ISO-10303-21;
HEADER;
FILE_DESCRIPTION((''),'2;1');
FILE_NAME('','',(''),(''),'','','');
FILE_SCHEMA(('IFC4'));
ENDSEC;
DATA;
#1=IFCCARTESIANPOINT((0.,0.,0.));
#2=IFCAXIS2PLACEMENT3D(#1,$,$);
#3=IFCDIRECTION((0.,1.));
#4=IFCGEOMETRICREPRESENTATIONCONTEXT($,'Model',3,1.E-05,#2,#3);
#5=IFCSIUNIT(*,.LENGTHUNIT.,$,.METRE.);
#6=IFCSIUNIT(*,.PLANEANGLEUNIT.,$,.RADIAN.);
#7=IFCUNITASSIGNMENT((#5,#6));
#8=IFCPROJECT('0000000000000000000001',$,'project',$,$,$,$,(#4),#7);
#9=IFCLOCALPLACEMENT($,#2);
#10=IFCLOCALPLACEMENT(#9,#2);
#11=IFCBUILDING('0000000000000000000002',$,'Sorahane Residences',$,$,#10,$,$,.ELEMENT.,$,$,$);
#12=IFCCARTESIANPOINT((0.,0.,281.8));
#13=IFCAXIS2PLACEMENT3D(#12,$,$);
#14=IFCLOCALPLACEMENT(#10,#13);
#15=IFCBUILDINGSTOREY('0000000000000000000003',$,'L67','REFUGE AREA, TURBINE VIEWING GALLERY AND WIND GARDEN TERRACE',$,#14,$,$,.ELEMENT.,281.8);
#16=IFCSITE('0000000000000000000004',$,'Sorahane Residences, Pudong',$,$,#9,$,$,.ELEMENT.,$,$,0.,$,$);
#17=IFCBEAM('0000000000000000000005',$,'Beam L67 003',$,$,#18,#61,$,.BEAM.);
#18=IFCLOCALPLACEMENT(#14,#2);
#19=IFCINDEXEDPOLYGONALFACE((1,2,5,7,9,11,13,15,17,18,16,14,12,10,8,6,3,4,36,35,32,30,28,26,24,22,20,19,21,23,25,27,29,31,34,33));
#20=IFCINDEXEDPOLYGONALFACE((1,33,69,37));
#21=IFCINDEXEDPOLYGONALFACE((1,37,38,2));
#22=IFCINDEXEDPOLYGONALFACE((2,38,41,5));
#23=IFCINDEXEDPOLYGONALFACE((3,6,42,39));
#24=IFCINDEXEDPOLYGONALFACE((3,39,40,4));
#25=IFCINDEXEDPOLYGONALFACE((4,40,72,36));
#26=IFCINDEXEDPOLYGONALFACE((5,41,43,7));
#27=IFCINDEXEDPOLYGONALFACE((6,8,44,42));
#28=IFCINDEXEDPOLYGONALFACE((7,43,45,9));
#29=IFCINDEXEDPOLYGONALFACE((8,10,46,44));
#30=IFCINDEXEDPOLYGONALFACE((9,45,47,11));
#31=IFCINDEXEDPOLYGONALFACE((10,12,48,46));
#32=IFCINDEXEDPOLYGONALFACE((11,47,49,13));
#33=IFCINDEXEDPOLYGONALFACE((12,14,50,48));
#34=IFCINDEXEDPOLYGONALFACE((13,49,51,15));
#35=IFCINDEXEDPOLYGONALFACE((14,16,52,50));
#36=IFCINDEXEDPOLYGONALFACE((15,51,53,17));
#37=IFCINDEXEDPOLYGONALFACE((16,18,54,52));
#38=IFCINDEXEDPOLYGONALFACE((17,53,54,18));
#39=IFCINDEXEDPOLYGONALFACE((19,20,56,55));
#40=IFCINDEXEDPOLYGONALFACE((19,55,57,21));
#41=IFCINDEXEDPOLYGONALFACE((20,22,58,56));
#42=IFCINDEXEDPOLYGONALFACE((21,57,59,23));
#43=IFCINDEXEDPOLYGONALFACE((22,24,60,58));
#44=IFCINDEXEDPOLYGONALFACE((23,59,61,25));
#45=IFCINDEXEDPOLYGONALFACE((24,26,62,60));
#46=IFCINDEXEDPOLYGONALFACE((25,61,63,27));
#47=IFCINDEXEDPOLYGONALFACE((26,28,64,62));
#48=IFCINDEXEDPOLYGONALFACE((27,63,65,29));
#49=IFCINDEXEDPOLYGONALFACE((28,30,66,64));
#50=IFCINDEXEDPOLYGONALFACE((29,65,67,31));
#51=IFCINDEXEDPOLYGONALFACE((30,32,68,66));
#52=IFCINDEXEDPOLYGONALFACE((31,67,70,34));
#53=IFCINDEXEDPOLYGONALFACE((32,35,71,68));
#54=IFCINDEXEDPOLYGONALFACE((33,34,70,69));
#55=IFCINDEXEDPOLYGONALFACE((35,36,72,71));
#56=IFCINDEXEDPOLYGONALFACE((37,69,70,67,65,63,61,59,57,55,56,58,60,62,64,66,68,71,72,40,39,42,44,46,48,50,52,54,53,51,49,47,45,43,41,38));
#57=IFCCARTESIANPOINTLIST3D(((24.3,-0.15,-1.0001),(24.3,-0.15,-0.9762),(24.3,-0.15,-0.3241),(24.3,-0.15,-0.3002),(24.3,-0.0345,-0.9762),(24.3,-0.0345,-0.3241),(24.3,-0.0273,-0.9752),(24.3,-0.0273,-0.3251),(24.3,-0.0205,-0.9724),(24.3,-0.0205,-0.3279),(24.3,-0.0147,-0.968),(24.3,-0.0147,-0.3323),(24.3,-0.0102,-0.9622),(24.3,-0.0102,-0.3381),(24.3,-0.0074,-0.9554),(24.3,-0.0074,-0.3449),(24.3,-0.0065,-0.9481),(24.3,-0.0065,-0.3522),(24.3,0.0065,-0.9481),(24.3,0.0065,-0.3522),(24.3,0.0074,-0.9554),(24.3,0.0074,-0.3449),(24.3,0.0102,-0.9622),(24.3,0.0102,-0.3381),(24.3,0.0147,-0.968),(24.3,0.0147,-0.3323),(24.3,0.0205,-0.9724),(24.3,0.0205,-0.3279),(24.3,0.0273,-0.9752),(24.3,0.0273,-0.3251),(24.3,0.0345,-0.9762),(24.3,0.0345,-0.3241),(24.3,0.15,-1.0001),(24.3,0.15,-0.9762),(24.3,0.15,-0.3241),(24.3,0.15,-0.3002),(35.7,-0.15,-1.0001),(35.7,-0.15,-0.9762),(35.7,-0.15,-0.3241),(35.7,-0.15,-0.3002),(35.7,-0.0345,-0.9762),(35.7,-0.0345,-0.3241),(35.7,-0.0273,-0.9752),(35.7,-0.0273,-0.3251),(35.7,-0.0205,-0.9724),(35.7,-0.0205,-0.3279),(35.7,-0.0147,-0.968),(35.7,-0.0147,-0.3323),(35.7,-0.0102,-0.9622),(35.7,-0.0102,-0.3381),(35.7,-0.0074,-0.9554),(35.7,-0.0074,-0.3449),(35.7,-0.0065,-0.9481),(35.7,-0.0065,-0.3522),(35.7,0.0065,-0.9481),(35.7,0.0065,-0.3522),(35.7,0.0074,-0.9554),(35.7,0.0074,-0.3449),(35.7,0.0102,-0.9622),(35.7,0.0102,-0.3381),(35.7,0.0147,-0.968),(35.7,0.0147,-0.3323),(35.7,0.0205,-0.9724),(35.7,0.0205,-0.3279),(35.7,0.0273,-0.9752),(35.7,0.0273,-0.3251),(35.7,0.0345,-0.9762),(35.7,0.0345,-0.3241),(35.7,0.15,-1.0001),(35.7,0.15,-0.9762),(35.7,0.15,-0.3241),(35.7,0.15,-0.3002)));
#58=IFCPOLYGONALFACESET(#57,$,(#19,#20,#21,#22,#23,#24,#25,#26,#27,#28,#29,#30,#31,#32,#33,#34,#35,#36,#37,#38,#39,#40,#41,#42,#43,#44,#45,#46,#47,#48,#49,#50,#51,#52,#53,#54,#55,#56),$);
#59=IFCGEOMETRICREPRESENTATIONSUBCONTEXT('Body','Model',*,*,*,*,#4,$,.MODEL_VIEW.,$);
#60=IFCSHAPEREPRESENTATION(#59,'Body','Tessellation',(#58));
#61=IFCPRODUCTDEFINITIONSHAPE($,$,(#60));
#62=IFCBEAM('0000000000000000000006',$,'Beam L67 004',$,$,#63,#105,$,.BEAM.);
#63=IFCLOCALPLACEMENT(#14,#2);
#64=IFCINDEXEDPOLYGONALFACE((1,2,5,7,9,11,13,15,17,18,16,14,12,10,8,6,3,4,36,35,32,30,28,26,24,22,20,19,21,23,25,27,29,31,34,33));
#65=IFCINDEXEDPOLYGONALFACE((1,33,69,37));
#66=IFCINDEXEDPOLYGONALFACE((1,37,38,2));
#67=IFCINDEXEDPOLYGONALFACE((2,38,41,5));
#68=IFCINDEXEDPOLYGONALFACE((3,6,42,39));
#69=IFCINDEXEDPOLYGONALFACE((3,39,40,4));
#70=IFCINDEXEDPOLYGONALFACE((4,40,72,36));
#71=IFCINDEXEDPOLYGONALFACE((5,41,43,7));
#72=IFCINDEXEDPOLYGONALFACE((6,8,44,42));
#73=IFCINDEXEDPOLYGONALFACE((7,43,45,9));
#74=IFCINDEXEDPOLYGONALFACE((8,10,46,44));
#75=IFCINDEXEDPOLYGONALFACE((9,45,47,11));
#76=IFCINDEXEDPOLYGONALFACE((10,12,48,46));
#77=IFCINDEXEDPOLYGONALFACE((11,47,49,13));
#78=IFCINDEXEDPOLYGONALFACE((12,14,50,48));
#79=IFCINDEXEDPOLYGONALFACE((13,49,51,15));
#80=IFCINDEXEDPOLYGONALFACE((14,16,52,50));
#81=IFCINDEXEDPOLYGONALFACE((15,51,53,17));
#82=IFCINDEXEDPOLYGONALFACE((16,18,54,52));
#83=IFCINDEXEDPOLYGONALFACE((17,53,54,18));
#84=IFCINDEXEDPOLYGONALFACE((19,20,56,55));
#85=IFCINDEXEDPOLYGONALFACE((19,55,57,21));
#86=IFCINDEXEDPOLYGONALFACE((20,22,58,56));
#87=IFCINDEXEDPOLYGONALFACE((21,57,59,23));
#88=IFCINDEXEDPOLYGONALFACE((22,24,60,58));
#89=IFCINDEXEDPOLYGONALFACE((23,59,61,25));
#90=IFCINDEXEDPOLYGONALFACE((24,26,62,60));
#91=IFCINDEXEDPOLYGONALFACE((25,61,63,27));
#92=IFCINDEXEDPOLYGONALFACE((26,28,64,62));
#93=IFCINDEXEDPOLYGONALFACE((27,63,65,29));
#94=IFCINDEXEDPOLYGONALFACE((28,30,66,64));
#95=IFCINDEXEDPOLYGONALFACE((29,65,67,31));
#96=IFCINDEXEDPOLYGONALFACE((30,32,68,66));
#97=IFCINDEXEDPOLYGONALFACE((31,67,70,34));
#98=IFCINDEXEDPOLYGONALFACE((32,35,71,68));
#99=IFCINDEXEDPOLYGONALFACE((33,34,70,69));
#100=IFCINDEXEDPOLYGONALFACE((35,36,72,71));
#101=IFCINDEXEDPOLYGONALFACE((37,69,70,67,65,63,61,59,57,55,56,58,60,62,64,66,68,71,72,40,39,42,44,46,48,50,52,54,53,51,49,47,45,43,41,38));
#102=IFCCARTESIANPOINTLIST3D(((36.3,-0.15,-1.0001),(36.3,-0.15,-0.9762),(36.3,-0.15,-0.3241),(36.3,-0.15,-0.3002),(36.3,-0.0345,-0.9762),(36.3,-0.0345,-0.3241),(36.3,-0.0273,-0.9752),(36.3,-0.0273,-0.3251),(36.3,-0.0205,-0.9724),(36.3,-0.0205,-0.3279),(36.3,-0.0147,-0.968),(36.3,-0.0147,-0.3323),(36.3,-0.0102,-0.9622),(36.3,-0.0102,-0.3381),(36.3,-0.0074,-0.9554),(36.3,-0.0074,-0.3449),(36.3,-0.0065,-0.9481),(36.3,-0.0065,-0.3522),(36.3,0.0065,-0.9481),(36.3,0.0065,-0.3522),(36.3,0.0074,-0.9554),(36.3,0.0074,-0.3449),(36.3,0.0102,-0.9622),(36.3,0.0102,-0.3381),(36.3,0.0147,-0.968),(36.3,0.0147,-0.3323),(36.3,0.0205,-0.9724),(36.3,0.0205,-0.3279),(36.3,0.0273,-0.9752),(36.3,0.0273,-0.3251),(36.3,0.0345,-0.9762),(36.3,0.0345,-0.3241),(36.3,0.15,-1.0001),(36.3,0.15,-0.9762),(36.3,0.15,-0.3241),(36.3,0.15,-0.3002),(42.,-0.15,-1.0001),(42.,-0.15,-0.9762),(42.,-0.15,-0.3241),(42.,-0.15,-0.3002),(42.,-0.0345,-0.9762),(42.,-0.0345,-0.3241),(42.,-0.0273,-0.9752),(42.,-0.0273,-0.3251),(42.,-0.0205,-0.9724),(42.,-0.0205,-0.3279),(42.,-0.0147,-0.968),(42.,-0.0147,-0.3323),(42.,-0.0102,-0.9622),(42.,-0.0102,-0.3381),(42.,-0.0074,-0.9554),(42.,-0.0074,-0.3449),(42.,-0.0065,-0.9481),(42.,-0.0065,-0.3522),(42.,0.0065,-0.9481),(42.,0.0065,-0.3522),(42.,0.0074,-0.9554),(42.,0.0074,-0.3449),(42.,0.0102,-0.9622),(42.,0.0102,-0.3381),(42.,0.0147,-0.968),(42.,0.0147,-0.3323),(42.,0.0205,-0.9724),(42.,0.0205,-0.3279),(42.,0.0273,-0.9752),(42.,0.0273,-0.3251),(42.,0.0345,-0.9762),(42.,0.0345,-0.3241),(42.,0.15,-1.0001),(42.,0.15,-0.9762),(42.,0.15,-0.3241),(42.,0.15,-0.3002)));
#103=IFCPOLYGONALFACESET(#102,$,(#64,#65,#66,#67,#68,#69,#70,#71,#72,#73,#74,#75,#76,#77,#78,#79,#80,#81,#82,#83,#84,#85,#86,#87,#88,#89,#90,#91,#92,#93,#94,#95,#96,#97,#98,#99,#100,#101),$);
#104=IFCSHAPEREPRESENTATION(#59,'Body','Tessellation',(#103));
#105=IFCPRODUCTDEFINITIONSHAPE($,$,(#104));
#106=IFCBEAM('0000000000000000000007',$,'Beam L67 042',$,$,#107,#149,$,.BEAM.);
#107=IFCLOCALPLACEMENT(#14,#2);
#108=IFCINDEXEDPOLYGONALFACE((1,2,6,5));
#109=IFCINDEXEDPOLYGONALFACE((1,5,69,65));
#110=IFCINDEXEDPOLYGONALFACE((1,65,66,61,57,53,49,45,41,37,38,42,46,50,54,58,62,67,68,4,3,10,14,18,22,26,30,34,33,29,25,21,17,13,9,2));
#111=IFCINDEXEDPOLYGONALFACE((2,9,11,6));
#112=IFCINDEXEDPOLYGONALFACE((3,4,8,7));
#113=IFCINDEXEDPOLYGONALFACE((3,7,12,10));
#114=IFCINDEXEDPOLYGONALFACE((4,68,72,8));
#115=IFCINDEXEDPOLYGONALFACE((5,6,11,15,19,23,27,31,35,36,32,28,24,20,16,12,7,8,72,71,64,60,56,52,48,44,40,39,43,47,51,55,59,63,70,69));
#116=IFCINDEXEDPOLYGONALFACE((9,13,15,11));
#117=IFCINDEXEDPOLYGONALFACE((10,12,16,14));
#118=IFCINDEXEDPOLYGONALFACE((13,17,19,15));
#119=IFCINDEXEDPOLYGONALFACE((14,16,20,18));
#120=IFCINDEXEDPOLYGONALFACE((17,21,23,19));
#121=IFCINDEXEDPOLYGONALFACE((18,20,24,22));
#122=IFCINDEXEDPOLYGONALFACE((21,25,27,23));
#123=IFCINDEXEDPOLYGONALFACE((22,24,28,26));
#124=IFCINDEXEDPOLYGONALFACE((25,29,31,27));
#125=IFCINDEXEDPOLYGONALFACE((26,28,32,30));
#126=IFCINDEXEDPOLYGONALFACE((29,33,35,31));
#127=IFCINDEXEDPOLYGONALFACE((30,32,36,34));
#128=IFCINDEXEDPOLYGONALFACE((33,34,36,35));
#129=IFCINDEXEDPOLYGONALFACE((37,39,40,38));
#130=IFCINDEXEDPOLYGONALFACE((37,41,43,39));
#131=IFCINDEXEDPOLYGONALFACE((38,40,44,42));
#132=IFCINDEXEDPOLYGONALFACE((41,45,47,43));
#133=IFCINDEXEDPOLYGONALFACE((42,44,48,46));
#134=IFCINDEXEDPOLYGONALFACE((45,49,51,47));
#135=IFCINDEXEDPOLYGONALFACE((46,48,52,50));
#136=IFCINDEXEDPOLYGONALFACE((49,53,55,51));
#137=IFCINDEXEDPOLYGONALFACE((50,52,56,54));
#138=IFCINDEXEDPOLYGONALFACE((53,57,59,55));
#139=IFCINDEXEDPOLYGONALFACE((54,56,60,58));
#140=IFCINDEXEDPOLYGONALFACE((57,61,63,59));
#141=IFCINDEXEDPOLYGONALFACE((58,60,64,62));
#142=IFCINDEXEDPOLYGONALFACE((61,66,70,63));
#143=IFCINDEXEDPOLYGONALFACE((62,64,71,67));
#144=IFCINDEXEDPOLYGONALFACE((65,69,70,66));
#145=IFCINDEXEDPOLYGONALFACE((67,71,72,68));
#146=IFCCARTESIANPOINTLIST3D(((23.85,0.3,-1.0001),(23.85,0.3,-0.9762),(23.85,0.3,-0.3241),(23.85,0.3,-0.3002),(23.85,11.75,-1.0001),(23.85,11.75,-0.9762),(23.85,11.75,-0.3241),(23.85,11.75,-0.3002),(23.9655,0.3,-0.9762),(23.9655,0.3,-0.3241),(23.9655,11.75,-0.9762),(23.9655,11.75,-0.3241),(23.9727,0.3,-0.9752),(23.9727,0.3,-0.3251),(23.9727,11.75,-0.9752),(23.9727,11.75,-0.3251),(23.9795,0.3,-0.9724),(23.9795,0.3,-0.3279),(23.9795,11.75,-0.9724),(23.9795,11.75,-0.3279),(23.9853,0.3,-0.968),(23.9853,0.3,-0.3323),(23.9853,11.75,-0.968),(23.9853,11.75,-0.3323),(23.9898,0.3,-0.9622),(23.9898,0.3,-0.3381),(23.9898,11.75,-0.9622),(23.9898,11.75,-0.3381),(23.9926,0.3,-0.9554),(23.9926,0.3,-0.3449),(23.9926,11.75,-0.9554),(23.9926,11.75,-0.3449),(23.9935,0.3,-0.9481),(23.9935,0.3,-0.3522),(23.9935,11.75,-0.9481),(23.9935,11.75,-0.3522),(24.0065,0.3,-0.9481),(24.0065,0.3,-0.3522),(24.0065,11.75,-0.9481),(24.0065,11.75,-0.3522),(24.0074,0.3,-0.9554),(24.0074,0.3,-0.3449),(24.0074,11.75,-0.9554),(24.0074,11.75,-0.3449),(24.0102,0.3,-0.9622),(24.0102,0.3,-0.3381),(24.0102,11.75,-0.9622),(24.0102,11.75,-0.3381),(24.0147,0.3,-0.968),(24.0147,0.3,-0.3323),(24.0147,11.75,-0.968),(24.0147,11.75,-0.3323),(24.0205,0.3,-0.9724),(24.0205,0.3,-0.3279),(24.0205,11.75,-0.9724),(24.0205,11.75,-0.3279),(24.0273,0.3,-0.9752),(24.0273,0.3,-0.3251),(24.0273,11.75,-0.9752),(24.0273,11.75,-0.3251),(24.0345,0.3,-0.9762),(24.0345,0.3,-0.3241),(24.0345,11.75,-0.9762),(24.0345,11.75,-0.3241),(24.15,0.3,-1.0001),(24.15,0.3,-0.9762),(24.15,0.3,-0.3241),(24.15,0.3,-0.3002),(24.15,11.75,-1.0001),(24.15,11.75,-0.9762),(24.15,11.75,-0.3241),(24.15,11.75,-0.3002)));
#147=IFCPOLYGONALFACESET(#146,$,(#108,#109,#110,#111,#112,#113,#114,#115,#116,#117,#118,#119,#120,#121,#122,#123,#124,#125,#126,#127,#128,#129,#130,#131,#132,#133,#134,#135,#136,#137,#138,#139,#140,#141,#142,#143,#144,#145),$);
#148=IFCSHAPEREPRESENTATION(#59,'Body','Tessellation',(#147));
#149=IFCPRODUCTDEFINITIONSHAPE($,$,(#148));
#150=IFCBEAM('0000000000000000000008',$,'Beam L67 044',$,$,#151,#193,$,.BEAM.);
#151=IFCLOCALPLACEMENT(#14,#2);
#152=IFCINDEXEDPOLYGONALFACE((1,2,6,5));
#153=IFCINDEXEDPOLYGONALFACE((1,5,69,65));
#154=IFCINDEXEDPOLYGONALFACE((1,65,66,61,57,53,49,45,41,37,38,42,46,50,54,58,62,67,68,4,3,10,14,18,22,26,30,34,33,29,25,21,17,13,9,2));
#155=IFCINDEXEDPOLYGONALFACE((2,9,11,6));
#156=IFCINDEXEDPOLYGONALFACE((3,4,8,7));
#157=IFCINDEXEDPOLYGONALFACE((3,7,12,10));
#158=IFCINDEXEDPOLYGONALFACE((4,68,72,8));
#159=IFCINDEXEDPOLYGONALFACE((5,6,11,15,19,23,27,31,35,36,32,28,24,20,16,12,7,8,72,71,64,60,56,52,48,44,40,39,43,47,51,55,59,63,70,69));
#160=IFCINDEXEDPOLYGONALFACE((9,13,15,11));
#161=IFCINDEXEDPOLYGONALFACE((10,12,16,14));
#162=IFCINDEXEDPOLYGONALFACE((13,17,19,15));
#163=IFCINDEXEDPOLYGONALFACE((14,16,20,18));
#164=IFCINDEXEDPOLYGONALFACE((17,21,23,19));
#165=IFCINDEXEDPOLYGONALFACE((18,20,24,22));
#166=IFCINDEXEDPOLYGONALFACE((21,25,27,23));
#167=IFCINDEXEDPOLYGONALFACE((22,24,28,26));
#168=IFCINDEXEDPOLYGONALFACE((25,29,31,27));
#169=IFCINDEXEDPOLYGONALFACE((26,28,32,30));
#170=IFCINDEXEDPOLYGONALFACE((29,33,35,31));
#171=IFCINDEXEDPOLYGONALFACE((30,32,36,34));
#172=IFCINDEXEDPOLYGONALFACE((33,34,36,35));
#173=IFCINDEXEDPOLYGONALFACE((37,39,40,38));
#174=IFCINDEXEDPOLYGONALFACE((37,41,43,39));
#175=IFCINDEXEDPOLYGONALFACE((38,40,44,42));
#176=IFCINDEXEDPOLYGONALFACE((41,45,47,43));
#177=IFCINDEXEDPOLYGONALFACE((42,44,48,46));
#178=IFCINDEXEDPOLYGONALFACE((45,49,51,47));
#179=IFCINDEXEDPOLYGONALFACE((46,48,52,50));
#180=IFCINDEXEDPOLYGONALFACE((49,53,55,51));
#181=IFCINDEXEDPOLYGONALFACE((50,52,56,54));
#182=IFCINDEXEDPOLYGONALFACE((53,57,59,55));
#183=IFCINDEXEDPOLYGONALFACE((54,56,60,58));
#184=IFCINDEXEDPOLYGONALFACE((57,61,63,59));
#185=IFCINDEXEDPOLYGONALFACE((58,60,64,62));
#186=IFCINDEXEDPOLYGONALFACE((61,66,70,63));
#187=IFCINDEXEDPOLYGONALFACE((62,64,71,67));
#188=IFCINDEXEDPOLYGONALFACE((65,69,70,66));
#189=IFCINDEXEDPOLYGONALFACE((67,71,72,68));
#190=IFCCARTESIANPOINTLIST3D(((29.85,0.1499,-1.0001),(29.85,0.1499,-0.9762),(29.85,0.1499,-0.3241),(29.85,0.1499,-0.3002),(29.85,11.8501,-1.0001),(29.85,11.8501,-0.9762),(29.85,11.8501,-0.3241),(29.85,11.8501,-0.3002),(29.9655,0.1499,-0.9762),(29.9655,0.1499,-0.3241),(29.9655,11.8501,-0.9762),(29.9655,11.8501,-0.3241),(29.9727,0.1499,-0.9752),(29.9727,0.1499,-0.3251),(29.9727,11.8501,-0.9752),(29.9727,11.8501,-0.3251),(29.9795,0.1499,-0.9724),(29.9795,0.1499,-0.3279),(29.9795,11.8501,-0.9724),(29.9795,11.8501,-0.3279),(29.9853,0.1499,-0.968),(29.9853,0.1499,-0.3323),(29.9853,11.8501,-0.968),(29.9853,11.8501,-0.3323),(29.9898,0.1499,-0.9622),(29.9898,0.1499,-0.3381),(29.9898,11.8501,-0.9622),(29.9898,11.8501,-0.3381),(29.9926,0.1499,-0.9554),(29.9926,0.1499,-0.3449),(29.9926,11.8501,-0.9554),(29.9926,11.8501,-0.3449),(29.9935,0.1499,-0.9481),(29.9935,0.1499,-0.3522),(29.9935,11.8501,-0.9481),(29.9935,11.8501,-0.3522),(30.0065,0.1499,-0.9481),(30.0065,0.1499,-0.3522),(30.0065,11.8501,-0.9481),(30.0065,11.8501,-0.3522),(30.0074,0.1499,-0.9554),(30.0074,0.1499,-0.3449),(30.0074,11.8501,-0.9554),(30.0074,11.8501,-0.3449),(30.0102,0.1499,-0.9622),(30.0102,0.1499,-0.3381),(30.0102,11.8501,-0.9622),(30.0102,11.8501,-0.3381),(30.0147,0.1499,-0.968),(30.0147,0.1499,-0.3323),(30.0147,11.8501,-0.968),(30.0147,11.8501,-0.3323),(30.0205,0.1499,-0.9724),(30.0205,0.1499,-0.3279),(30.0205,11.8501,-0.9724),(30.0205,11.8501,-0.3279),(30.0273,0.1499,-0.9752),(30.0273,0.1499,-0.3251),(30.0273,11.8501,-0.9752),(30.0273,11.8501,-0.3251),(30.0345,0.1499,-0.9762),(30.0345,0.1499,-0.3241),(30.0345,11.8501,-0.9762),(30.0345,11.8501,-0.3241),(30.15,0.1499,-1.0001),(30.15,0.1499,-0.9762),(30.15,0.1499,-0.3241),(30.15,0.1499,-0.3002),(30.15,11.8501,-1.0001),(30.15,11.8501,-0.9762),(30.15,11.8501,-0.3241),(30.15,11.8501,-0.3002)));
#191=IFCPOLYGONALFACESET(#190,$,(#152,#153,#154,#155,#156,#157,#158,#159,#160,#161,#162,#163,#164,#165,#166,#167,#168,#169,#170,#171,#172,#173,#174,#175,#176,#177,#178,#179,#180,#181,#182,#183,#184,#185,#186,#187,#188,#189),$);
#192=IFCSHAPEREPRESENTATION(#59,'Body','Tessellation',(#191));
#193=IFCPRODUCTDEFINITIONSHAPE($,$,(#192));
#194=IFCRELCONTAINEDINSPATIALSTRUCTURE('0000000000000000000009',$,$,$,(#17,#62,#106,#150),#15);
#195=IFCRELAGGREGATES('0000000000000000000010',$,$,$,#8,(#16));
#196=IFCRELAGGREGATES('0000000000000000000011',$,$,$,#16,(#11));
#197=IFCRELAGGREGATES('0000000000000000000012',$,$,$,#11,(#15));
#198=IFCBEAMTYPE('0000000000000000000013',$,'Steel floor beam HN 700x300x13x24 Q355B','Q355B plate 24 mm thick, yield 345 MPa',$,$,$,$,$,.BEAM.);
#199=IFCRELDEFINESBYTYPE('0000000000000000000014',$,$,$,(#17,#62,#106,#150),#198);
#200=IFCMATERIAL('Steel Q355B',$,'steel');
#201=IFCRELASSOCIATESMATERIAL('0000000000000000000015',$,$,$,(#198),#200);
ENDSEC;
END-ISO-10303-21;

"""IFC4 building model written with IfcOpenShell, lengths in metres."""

from ifc_helpers import new_model, si_unit, direction, frame, origin, origin_2d, place, context, subcontext, project, spatial, i_section, extrude, material, material_profile, profile_set, type_object, element, save


model = new_model("IFC4")

# Units and contexts
model_context = context("Model", 3, precision=1e-05, world=origin(), true_north=direction((0.0, 1.0)))
body_context = subcontext(model_context, "Body", "Model", "MODEL_VIEW")
ifc_project = project(units=[si_unit("LENGTHUNIT", "METRE"), si_unit("PLANEANGLEUNIT", "RADIAN")], contexts=[model_context])

# Site, building, storey
site_placement = place(None, origin())
site = spatial("IfcSite", under=ifc_project, at=site_placement, Name="Sorahane Residences, Pudong", CompositionType="ELEMENT", RefElevation=0.0)
building_placement = place(site_placement, origin())
building = spatial("IfcBuilding", under=site, at=building_placement, Name="Sorahane Residences", CompositionType="ELEMENT")
storey_placement = place(building_placement, frame((0.0, 0.0, 281.8)))
storey = spatial("IfcBuildingStorey", under=building, at=storey_placement, Name="L67", Description="REFUGE AREA, TURBINE VIEWING GALLERY AND WIND GARDEN TERRACE", CompositionType="ELEMENT", Elevation=281.8)

# Beams
ifc_material_1 = material(Name="Steel Q355B", Category="steel")
ifc_material_profile_1 = material_profile(ifc_material_1, i_section(OverallWidth=0.3, OverallDepth=0.7, WebThickness=0.0129, FlangeThickness=0.0239, FilletRadius=0.0281, at=origin_2d()), Name="HN 700x300x13x24")
ifc_profile_set_1 = profile_set([ifc_material_profile_1], Name="Steel Q355B")
beam_type_1 = type_object("IfcBeamType", Name="Steel floor beam HN 700x300x13x24 Q355B", Description="Q355B plate 24 mm thick, yield 345 MPa", PredefinedType="BEAM", material=ifc_profile_set_1)
beam_1_placement = place(storey_placement, frame((24.3, 0.0, -0.6501), z_axis=(1.0, 0.0, 0.0), x_axis=(0.0, 1.0, 0.0)))
element("IfcBeam", 1, at=beam_1_placement, inside=storey, type_object=beam_type_1, Name="Beam L67 003", PredefinedType="BEAM", context=body_context, shape_type="SweptSolid", body=[
    extrude(i_section(OverallWidth=0.3, OverallDepth=0.7, WebThickness=0.0129, FlangeThickness=0.0239, FilletRadius=0.0281, at=origin_2d()), origin(), (0.0, 0.0, 1.0), 11.3999),
])
beam_2_placement = place(storey_placement, frame((36.3, 0.0, -0.6501), z_axis=(1.0, 0.0, 0.0), x_axis=(0.0, 1.0, 0.0)))
element("IfcBeam", 2, at=beam_2_placement, inside=storey, type_object=beam_type_1, Name="Beam L67 004", PredefinedType="BEAM", context=body_context, shape_type="SweptSolid", body=[
    extrude(i_section(OverallWidth=0.3, OverallDepth=0.7, WebThickness=0.0129, FlangeThickness=0.0239, FilletRadius=0.0281, at=origin_2d()), origin(), (0.0, 0.0, 1.0), 5.7),
])
beam_3_placement = place(storey_placement, frame((24.0, 0.3, -0.6501), z_axis=(0.0, 1.0, 0.0), x_axis=(-1.0, 0.0, 0.0)))
element("IfcBeam", 3, at=beam_3_placement, inside=storey, type_object=beam_type_1, Name="Beam L67 042", PredefinedType="BEAM", context=body_context, shape_type="SweptSolid", body=[
    extrude(i_section(OverallWidth=0.3, OverallDepth=0.7, WebThickness=0.0129, FlangeThickness=0.0239, FilletRadius=0.0281, at=origin_2d()), origin(), (0.0, 0.0, 1.0), 11.45),
])
beam_4_placement = place(storey_placement, frame((30.0, 0.1499, -0.6501), z_axis=(0.0, 1.0, 0.0), x_axis=(-1.0, 0.0, 0.0)))
element("IfcBeam", 4, at=beam_4_placement, inside=storey, type_object=beam_type_1, Name="Beam L67 044", PredefinedType="BEAM", context=body_context, shape_type="SweptSolid", body=[
    extrude(i_section(OverallWidth=0.3, OverallDepth=0.7, WebThickness=0.0129, FlangeThickness=0.0239, FilletRadius=0.0281, at=origin_2d()), origin(), (0.0, 0.0, 1.0), 11.7002),
])

save(model, "model.ifc")
